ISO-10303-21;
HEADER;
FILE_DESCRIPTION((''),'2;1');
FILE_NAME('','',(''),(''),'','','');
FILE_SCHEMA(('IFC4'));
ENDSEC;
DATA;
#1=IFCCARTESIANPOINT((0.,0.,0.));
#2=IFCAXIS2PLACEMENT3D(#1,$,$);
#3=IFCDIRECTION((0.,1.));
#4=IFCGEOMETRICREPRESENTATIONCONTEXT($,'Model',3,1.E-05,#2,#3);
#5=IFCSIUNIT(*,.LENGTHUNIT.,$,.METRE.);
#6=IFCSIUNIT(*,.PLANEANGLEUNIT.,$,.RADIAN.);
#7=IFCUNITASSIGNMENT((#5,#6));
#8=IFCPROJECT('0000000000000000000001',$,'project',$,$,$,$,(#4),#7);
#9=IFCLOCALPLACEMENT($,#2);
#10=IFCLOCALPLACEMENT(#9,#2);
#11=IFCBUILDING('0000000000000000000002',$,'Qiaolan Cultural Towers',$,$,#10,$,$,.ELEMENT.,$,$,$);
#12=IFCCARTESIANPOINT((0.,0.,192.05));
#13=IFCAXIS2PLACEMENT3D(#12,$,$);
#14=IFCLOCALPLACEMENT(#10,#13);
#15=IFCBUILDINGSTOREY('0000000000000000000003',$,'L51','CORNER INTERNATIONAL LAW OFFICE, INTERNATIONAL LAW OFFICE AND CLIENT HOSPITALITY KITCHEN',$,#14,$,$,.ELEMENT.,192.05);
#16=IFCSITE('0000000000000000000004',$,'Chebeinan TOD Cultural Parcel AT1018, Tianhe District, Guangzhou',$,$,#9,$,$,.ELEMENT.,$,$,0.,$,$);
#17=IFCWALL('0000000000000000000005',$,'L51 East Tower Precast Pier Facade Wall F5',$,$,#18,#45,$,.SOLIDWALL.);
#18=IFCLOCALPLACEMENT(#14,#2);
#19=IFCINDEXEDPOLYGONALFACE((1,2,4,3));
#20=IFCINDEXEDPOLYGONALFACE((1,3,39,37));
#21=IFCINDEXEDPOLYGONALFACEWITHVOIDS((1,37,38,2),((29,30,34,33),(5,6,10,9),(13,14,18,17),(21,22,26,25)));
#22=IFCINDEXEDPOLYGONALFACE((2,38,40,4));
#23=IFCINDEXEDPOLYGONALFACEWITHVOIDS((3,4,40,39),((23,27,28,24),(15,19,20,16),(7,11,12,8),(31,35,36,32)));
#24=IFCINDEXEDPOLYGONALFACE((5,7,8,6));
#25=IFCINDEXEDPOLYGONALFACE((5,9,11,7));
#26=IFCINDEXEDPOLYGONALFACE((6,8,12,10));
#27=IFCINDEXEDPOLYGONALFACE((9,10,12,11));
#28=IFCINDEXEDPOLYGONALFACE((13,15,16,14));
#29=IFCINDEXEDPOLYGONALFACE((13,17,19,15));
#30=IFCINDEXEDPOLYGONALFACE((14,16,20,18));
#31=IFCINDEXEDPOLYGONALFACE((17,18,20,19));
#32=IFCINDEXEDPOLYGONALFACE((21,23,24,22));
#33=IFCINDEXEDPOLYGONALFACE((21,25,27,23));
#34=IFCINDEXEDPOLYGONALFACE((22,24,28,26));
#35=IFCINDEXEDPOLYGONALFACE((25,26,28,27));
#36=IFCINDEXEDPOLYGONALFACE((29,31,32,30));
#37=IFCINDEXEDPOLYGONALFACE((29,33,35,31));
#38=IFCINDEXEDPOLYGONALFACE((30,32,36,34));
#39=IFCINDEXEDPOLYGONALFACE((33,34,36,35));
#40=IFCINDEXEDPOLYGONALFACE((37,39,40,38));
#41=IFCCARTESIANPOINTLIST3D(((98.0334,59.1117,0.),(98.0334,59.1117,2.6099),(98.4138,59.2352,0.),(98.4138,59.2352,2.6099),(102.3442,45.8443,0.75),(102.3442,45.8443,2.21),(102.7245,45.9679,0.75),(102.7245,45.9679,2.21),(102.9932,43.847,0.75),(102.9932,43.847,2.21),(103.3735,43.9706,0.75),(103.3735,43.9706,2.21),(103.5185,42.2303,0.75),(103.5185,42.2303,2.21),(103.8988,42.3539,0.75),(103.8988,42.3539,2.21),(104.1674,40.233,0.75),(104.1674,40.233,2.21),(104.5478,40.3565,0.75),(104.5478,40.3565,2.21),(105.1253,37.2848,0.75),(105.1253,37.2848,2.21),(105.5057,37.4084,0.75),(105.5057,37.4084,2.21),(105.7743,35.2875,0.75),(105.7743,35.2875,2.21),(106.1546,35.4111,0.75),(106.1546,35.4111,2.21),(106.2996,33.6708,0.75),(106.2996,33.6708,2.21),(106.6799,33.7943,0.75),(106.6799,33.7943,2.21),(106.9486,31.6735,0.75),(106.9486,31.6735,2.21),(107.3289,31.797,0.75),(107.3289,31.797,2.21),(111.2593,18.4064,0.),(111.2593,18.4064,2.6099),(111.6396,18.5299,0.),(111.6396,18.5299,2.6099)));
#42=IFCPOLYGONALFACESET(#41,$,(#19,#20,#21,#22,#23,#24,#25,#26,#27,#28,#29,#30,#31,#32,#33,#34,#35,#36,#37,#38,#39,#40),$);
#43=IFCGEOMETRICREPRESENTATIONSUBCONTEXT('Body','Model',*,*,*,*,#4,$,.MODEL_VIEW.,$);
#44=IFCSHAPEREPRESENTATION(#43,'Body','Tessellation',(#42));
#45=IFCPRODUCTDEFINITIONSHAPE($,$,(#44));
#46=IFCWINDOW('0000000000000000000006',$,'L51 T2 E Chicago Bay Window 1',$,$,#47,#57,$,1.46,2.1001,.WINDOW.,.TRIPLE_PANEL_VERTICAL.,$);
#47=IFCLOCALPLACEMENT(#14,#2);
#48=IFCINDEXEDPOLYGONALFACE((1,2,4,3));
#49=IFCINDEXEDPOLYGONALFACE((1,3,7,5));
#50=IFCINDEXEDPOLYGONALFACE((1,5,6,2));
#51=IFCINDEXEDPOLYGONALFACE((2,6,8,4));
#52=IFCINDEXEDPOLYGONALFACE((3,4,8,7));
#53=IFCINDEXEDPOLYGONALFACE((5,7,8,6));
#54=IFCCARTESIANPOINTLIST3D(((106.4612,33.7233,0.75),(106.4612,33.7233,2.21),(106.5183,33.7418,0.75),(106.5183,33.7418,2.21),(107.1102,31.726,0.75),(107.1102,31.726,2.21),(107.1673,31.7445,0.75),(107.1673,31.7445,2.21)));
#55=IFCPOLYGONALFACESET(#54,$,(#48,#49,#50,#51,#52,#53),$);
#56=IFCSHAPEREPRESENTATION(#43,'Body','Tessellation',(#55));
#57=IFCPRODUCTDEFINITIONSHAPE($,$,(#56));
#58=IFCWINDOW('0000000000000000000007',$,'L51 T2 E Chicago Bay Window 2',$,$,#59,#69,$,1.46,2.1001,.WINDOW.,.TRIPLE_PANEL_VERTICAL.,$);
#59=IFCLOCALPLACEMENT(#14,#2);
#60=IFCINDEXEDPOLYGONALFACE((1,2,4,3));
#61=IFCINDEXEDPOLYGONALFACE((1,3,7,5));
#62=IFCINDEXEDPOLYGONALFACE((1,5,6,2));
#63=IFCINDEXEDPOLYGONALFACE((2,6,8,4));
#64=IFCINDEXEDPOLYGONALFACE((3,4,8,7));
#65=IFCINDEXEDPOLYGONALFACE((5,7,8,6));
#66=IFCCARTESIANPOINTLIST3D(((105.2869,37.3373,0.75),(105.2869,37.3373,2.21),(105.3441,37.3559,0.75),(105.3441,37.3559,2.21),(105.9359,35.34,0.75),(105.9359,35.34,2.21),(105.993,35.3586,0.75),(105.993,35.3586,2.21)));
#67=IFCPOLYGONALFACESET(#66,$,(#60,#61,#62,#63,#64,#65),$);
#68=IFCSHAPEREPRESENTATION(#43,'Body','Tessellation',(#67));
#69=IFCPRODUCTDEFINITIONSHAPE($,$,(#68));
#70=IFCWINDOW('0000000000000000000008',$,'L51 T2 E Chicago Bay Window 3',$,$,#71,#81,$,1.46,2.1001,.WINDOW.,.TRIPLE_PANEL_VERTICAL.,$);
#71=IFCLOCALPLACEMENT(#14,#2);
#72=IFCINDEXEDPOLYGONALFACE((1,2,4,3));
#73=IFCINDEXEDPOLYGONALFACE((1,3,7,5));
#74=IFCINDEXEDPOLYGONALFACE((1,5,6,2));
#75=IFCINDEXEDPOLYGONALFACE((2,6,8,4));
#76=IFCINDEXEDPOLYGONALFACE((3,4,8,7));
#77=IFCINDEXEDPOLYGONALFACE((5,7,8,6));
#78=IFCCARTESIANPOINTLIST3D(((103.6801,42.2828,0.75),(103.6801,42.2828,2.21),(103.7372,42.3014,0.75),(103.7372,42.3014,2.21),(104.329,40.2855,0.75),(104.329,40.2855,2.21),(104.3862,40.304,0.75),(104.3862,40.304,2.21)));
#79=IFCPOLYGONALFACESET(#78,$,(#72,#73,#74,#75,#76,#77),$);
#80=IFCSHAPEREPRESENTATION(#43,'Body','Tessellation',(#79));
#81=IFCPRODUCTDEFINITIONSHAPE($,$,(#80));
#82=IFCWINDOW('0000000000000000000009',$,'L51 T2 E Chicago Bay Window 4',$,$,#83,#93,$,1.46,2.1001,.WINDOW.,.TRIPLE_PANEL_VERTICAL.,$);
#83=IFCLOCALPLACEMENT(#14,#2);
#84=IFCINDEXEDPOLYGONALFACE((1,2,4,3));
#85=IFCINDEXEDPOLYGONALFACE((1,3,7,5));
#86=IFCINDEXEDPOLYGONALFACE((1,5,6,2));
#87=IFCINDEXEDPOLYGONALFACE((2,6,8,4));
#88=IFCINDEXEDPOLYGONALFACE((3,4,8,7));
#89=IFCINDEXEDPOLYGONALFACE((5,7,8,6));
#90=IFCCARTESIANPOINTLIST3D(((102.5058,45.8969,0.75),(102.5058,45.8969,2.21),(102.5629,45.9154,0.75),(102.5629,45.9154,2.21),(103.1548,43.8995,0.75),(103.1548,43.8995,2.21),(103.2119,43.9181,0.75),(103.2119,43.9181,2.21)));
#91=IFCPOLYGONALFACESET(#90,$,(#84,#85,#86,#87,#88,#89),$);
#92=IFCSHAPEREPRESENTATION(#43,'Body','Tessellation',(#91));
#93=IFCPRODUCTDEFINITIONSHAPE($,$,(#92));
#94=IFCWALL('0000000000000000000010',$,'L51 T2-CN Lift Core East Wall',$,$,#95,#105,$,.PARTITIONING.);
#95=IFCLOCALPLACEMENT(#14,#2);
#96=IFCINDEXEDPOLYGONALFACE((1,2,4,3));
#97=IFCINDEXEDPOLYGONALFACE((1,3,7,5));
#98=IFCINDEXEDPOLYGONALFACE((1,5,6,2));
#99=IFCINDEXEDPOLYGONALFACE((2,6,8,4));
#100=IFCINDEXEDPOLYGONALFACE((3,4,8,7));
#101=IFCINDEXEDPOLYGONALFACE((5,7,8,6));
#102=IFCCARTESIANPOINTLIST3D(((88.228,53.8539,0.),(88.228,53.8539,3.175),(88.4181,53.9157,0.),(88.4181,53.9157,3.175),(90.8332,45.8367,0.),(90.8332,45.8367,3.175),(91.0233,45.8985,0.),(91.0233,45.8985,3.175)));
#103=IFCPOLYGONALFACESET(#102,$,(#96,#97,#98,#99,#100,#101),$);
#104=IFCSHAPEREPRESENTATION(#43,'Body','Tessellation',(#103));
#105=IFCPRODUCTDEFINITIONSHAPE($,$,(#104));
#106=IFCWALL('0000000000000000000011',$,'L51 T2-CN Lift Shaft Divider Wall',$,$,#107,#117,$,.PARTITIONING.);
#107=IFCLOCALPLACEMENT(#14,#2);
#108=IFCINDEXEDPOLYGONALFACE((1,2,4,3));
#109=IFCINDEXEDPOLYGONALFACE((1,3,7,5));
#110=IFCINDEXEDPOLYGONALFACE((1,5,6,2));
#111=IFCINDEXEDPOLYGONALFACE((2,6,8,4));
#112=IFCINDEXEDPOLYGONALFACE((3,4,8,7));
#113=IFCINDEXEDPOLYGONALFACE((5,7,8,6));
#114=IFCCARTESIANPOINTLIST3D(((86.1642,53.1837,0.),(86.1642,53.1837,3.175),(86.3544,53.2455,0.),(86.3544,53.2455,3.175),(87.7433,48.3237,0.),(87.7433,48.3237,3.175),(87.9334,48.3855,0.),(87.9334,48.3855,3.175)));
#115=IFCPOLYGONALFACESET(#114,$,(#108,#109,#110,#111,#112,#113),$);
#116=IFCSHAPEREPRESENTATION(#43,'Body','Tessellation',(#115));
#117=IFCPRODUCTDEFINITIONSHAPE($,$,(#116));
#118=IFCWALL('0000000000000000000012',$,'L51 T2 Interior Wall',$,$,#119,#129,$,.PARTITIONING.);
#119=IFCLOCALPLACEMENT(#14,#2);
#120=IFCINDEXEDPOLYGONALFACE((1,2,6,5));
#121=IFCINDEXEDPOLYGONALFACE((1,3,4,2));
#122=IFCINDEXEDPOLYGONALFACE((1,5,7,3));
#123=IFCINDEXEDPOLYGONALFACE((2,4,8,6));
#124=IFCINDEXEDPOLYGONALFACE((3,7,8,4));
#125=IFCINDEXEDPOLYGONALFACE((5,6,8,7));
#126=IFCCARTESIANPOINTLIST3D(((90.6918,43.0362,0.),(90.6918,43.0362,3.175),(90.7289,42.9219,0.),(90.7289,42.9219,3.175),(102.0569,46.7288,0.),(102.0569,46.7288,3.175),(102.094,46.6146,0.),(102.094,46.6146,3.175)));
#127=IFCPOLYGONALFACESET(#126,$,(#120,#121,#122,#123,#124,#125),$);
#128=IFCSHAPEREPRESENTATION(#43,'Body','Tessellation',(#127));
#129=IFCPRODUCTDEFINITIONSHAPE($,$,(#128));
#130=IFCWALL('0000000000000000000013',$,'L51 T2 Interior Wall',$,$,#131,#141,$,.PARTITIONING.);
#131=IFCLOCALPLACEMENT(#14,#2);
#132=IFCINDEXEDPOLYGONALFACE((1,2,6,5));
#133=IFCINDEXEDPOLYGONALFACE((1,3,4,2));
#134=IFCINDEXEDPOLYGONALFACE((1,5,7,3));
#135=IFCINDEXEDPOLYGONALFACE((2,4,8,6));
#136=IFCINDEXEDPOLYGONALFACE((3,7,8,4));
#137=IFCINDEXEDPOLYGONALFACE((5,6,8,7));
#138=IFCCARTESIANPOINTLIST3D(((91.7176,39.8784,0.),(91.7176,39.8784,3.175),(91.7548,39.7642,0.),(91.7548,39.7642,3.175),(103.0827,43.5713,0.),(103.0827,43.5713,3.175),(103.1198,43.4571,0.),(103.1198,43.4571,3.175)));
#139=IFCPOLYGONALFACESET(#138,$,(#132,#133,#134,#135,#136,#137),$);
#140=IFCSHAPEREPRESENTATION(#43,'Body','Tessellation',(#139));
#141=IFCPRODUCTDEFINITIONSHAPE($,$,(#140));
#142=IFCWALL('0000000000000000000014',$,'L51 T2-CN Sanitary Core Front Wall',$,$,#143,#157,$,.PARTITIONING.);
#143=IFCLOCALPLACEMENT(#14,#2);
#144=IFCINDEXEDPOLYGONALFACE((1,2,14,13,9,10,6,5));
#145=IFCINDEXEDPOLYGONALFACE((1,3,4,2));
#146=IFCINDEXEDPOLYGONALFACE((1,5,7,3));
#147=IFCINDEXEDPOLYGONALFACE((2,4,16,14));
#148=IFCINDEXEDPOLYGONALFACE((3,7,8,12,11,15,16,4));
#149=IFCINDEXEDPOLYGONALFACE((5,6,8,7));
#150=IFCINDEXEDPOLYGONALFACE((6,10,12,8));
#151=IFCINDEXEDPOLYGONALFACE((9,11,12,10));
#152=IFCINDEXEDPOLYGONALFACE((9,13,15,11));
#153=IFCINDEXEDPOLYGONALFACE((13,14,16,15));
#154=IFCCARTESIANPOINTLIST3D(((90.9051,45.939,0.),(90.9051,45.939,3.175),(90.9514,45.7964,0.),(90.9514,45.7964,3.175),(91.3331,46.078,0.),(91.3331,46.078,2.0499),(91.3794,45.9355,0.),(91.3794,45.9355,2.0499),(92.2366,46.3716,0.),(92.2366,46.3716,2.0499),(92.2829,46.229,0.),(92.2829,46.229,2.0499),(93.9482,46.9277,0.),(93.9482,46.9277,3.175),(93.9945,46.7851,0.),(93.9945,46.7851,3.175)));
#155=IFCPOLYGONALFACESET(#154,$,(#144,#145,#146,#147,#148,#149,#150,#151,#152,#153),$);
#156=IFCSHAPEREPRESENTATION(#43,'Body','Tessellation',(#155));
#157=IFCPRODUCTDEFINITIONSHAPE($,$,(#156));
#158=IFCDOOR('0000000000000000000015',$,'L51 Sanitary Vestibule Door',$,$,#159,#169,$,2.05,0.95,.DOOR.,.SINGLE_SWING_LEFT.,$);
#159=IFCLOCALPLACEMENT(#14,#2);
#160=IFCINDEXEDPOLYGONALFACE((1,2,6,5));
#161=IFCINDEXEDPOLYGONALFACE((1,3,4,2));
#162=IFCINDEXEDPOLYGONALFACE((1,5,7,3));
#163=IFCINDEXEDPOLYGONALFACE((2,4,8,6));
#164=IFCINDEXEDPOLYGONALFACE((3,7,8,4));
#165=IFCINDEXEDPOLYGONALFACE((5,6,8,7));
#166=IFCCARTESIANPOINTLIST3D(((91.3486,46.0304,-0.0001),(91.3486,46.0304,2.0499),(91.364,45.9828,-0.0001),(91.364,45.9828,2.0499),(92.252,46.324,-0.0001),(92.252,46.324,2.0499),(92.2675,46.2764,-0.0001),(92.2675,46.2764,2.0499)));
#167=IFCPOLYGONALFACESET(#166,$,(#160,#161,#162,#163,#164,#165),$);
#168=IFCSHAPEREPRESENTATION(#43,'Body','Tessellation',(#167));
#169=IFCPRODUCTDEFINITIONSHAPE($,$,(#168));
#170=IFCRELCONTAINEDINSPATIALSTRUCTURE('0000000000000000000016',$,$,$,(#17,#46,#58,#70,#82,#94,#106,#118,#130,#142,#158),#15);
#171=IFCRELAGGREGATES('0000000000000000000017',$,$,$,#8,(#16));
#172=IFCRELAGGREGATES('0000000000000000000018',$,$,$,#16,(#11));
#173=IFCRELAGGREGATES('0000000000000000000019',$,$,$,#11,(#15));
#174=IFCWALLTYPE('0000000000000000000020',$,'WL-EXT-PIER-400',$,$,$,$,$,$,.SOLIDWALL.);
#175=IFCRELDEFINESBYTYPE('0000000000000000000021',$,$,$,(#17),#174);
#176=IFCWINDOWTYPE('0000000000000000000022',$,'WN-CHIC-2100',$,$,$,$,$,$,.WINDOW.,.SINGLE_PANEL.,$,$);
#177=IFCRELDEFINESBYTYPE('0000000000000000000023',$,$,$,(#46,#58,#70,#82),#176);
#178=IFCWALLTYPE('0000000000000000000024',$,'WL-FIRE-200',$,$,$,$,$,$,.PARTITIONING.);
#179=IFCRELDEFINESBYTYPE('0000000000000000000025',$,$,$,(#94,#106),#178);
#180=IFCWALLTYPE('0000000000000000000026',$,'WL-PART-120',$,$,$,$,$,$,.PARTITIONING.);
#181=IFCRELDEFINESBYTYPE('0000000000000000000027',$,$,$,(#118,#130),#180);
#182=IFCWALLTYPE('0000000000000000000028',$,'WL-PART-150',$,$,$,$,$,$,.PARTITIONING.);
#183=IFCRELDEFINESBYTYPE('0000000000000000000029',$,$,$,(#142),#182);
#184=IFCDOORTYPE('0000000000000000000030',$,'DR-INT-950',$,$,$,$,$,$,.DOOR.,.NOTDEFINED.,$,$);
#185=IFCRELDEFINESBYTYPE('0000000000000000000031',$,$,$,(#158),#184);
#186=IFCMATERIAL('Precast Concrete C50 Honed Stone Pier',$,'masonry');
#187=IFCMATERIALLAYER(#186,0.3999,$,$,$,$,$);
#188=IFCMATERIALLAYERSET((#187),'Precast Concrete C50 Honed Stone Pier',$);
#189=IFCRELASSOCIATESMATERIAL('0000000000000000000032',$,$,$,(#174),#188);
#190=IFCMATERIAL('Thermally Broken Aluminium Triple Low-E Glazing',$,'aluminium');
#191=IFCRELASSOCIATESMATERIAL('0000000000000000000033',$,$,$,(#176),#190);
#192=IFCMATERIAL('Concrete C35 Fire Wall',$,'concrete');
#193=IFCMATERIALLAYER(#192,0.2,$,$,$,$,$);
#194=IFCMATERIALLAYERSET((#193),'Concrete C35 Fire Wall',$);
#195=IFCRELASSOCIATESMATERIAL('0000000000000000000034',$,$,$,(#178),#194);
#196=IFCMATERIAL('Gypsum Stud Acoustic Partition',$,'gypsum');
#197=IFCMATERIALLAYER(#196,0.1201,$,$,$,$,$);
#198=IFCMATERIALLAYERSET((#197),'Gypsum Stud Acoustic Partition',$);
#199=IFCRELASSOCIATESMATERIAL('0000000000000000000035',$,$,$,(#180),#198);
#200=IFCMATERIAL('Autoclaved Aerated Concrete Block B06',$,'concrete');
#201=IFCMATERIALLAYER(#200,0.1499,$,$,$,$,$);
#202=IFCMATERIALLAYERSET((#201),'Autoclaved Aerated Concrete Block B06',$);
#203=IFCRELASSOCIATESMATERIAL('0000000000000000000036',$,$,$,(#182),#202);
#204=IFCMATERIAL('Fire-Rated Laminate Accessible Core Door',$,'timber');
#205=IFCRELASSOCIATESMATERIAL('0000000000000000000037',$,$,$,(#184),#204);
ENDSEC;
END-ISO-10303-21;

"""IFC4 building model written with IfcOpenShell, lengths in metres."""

from ifc_helpers import new_model, si_unit, direction, frame, frame_2d, origin, place, context, subcontext, project, spatial, rectangle, extrude, material, layer, layer_set, type_object, element, fill, save


model = new_model("IFC4")

# Units and contexts
model_context = context("Model", 3, precision=1e-05, world=origin(), true_north=direction((0.0, 1.0)))
body_context = subcontext(model_context, "Body", "Model", "MODEL_VIEW")
ifc_project = project(units=[si_unit("LENGTHUNIT", "METRE"), si_unit("PLANEANGLEUNIT", "RADIAN")], contexts=[model_context])

# Site, building, storey
site_placement = place(None, origin())
site = spatial("IfcSite", under=ifc_project, at=site_placement, Name="Chebeinan TOD Cultural Parcel AT1018, Tianhe District, Guangzhou", CompositionType="ELEMENT", RefElevation=0.0)
building_placement = place(site_placement, origin())
building = spatial("IfcBuilding", under=site, at=building_placement, Name="Qiaolan Cultural Towers", CompositionType="ELEMENT")
storey_placement = place(building_placement, frame((0.0, 0.0, 192.05)))
storey = spatial("IfcBuildingStorey", under=building, at=storey_placement, Name="L51", Description="CORNER INTERNATIONAL LAW OFFICE, INTERNATIONAL LAW OFFICE AND CLIENT HOSPITALITY KITCHEN", CompositionType="ELEMENT", Elevation=192.05)

# Shared definitions
ifc_material_1 = material(Name="Precast Concrete C50 Honed Stone Pier", Category="masonry")
ifc_layer_1 = layer(ifc_material_1, 0.3999)
ifc_layer_set_1 = layer_set([ifc_layer_1], Name="Precast Concrete C50 Honed Stone Pier")
wall_type_1 = type_object("IfcWallType", Name="WL-EXT-PIER-400", PredefinedType="SOLIDWALL", material=ifc_layer_set_1)

# Wall, openings, windows
wall_1_placement = place(storey_placement, frame((98.2236, 59.1733, 0.0), z_axis=(0.0, 0.0, 1.0), x_axis=(0.309014, -0.951057, 0.0)))
wall_1 = element("IfcWall", 1, at=wall_1_placement, inside=storey, type_object=wall_type_1, Name="L51 East Tower Precast Pier Facade Wall F5", PredefinedType="SOLIDWALL", context=body_context, shape_type="SweptSolid", body=[
    extrude(rectangle(XDim=42.8, YDim=0.3999, at=frame_2d((21.3999, 0.0))), origin(), (0.0, 0.0, 1.0), 2.6099),
])
opening_1_placement = place(wall_1_placement, frame((26.75, 0.0, 0.75)))
opening_1 = element("IfcOpeningElement", 2, at=opening_1_placement, cuts=wall_1, PredefinedType="OPENING", context=body_context, shape_type="SweptSolid", body=[
    extrude(rectangle(XDim=2.1001, YDim=1.46, at=frame_2d((1.05, 0.73))), frame((0.0, 0.21, 0.0), z_axis=(0.0, -1.0, 0.0), x_axis=(1.0, 0.0, 0.0)), (0.0, 0.0, 1.0), 0.4199),
])
opening_2_placement = place(wall_1_placement, frame((22.95, 0.0, 0.75)))
opening_2 = element("IfcOpeningElement", 3, at=opening_2_placement, cuts=wall_1, PredefinedType="OPENING", context=body_context, shape_type="SweptSolid", body=[
    extrude(rectangle(XDim=2.1001, YDim=1.46, at=frame_2d((1.05, 0.73))), frame((0.0, 0.21, 0.0), z_axis=(0.0, -1.0, 0.0), x_axis=(1.0, 0.0, 0.0)), (0.0, 0.0, 1.0), 0.4199),
])
opening_3_placement = place(wall_1_placement, frame((17.75, 0.0, 0.75)))
opening_3 = element("IfcOpeningElement", 4, at=opening_3_placement, cuts=wall_1, PredefinedType="OPENING", context=body_context, shape_type="SweptSolid", body=[
    extrude(rectangle(XDim=2.1001, YDim=1.46, at=frame_2d((1.05, 0.73))), frame((0.0, 0.21, 0.0), z_axis=(0.0, -1.0, 0.0), x_axis=(1.0, 0.0, 0.0)), (0.0, 0.0, 1.0), 0.4199),
])
opening_4_placement = place(wall_1_placement, frame((13.95, 0.0, 0.75)))
opening_4 = element("IfcOpeningElement", 5, at=opening_4_placement, cuts=wall_1, PredefinedType="OPENING", context=body_context, shape_type="SweptSolid", body=[
    extrude(rectangle(XDim=2.1001, YDim=1.46, at=frame_2d((1.05, 0.73))), frame((0.0, 0.21, 0.0), z_axis=(0.0, -1.0, 0.0), x_axis=(1.0, 0.0, 0.0)), (0.0, 0.0, 1.0), 0.4199),
])
ifc_material_2 = material(Name="Thermally Broken Aluminium Triple Low-E Glazing", Category="aluminium")
window_type = type_object("IfcWindowType", Name="WN-CHIC-2100", PartitioningType="SINGLE_PANEL", PredefinedType="WINDOW", material=ifc_material_2)
window_1_placement = place(opening_1_placement, origin())
window_1 = element("IfcWindow", 6, at=window_1_placement, inside=storey, type_object=window_type, Name="L51 T2 E Chicago Bay Window 1", OverallHeight=1.46, OverallWidth=2.1001, PartitioningType="TRIPLE_PANEL_VERTICAL", PredefinedType="WINDOW", context=body_context, shape_type="SweptSolid", body=[
    extrude(rectangle(XDim=2.1001, YDim=1.46, at=frame_2d((1.05, 0.73))), frame((0.0, 0.03, 0.0), z_axis=(0.0, -1.0, 0.0), x_axis=(1.0, 0.0, 0.0)), (0.0, 0.0, 1.0), 0.0601),
])
fill(opening_1, window_1)
window_2_placement = place(opening_2_placement, origin())
window_2 = element("IfcWindow", 7, at=window_2_placement, inside=storey, type_object=window_type, Name="L51 T2 E Chicago Bay Window 2", OverallHeight=1.46, OverallWidth=2.1001, PartitioningType="TRIPLE_PANEL_VERTICAL", PredefinedType="WINDOW", context=body_context, shape_type="SweptSolid", body=[
    extrude(rectangle(XDim=2.1001, YDim=1.46, at=frame_2d((1.05, 0.73))), frame((0.0, 0.03, 0.0), z_axis=(0.0, -1.0, 0.0), x_axis=(1.0, 0.0, 0.0)), (0.0, 0.0, 1.0), 0.0601),
])
fill(opening_2, window_2)
window_3_placement = place(opening_3_placement, origin())
window_3 = element("IfcWindow", 8, at=window_3_placement, inside=storey, type_object=window_type, Name="L51 T2 E Chicago Bay Window 3", OverallHeight=1.46, OverallWidth=2.1001, PartitioningType="TRIPLE_PANEL_VERTICAL", PredefinedType="WINDOW", context=body_context, shape_type="SweptSolid", body=[
    extrude(rectangle(XDim=2.1001, YDim=1.46, at=frame_2d((1.05, 0.73))), frame((0.0, 0.03, 0.0), z_axis=(0.0, -1.0, 0.0), x_axis=(1.0, 0.0, 0.0)), (0.0, 0.0, 1.0), 0.0601),
])
fill(opening_3, window_3)
window_4_placement = place(opening_4_placement, origin())
window_4 = element("IfcWindow", 9, at=window_4_placement, inside=storey, type_object=window_type, Name="L51 T2 E Chicago Bay Window 4", OverallHeight=1.46, OverallWidth=2.1001, PartitioningType="TRIPLE_PANEL_VERTICAL", PredefinedType="WINDOW", context=body_context, shape_type="SweptSolid", body=[
    extrude(rectangle(XDim=2.1001, YDim=1.46, at=frame_2d((1.05, 0.73))), frame((0.0, 0.03, 0.0), z_axis=(0.0, -1.0, 0.0), x_axis=(1.0, 0.0, 0.0)), (0.0, 0.0, 1.0), 0.0601),
])
fill(opening_4, window_4)

# Walls
ifc_material_3 = material(Name="Concrete C35 Fire Wall", Category="concrete")
ifc_layer_2 = layer(ifc_material_3, 0.2)
ifc_layer_set_2 = layer_set([ifc_layer_2], Name="Concrete C35 Fire Wall")
wall_type_2 = type_object("IfcWallType", Name="WL-FIRE-200", PredefinedType="PARTITIONING", material=ifc_layer_set_2)
wall_2_placement = place(storey_placement, frame((90.9282, 45.8677, 0.0), z_axis=(0.0, 0.0, 1.0), x_axis=(-0.309042, 0.951048, 0.0)))
element("IfcWall", 10, at=wall_2_placement, inside=storey, type_object=wall_type_2, Name="L51 T2-CN Lift Core East Wall", PredefinedType="PARTITIONING", context=body_context, shape_type="SweptSolid", body=[
    extrude(rectangle(XDim=8.4299, YDim=0.2, at=frame_2d((4.2148, 0.0))), origin(), (0.0, 0.0, 1.0), 3.175),
])
wall_3_placement = place(storey_placement, frame((87.8384, 48.3545, 0.0), z_axis=(0.0, 0.0, 1.0), x_axis=(-0.309009, 0.951059, 0.0)))
element("IfcWall", 11, at=wall_3_placement, inside=storey, type_object=wall_type_2, Name="L51 T2-CN Lift Shaft Divider Wall", PredefinedType="PARTITIONING", context=body_context, shape_type="SweptSolid", body=[
    extrude(rectangle(XDim=5.1101, YDim=0.2, at=frame_2d((2.5552, 0.0))), origin(), (0.0, 0.0, 1.0), 3.175),
])
ifc_material_4 = material(Name="Gypsum Stud Acoustic Partition", Category="gypsum")
ifc_layer_3 = layer(ifc_material_4, 0.1201)
ifc_layer_set_3 = layer_set([ifc_layer_3], Name="Gypsum Stud Acoustic Partition")
wall_type_3 = type_object("IfcWallType", Name="WL-PART-120", PredefinedType="PARTITIONING", material=ifc_layer_set_3)
for number, where, z_axis, x_axis, name in (
    (12, (90.7102, 42.979, 0.0), (0.0, 0.0, 1.0), (0.951059, 0.309011, 0.0), "L51 T2 Interior Wall"),
    (13, (91.7361, 39.8213, 0.0), (0.0, 0.0, 1.0), (0.951053, 0.309029, 0.0), "L51 T2 Interior Wall"),
):
    element("IfcWall", number, at=place(storey_placement, frame(where, z_axis=z_axis, x_axis=x_axis)), inside=storey, type_object=wall_type_3, Name=name, PredefinedType="PARTITIONING", context=body_context, shape_type="SweptSolid", body=[
        extrude(rectangle(XDim=11.95, YDim=0.1201, at=frame_2d((5.9751, 0.0))), origin(), (0.0, 0.0, 1.0), 3.175),
    ])

# Wall, opening, door
ifc_material_5 = material(Name="Autoclaved Aerated Concrete Block B06", Category="concrete")
ifc_layer_4 = layer(ifc_material_5, 0.1499)
ifc_layer_set_4 = layer_set([ifc_layer_4], Name="Autoclaved Aerated Concrete Block B06")
wall_type_4 = type_object("IfcWallType", Name="WL-PART-150", PredefinedType="PARTITIONING", material=ifc_layer_set_4)
wall_4_placement = place(storey_placement, frame((90.9282, 45.8677, 0.0), z_axis=(0.0, 0.0, 1.0), x_axis=(0.951059, 0.309008, 0.0)))
wall_4 = element("IfcWall", 14, at=wall_4_placement, inside=storey, type_object=wall_type_4, Name="L51 T2-CN Sanitary Core Front Wall", PredefinedType="PARTITIONING", context=body_context, shape_type="SweptSolid", body=[
    extrude(rectangle(XDim=3.1997, YDim=0.1499, at=frame_2d((1.5999, 0.0))), origin(), (0.0, 0.0, 1.0), 3.175),
])
opening_5_placement = place(wall_4_placement, frame((0.45, 0.0, 0.0)))
opening_5 = element("IfcOpeningElement", 15, at=opening_5_placement, cuts=wall_4, PredefinedType="OPENING", context=body_context, shape_type="SweptSolid", body=[
    extrude(rectangle(XDim=0.95, YDim=2.05, at=frame_2d((0.4751, 1.0249))), frame((0.0, 0.085, 0.0), z_axis=(0.0, -1.0, 0.0), x_axis=(1.0, 0.0, 0.0)), (0.0, 0.0, 1.0), 0.1699),
])
ifc_material_6 = material(Name="Fire-Rated Laminate Accessible Core Door", Category="timber")
door_type_1 = type_object("IfcDoorType", Name="DR-INT-950", OperationType="NOTDEFINED", PredefinedType="DOOR", material=ifc_material_6)
door_1_placement = place(opening_5_placement, origin())
door_1 = element("IfcDoor", 16, at=door_1_placement, inside=storey, type_object=door_type_1, Name="L51 Sanitary Vestibule Door", OperationType="SINGLE_SWING_LEFT", OverallHeight=2.05, OverallWidth=0.95, PredefinedType="DOOR", context=body_context, shape_type="SweptSolid", body=[
    extrude(rectangle(XDim=0.95, YDim=2.05, at=frame_2d((0.4751, 1.0249))), frame((0.0, 0.0249, 0.0), z_axis=(0.0, -1.0, 0.0), x_axis=(1.0, 0.0, 0.0)), (0.0, 0.0, 1.0), 0.05),
])
fill(opening_5, door_1)

save(model, "model.ifc")
